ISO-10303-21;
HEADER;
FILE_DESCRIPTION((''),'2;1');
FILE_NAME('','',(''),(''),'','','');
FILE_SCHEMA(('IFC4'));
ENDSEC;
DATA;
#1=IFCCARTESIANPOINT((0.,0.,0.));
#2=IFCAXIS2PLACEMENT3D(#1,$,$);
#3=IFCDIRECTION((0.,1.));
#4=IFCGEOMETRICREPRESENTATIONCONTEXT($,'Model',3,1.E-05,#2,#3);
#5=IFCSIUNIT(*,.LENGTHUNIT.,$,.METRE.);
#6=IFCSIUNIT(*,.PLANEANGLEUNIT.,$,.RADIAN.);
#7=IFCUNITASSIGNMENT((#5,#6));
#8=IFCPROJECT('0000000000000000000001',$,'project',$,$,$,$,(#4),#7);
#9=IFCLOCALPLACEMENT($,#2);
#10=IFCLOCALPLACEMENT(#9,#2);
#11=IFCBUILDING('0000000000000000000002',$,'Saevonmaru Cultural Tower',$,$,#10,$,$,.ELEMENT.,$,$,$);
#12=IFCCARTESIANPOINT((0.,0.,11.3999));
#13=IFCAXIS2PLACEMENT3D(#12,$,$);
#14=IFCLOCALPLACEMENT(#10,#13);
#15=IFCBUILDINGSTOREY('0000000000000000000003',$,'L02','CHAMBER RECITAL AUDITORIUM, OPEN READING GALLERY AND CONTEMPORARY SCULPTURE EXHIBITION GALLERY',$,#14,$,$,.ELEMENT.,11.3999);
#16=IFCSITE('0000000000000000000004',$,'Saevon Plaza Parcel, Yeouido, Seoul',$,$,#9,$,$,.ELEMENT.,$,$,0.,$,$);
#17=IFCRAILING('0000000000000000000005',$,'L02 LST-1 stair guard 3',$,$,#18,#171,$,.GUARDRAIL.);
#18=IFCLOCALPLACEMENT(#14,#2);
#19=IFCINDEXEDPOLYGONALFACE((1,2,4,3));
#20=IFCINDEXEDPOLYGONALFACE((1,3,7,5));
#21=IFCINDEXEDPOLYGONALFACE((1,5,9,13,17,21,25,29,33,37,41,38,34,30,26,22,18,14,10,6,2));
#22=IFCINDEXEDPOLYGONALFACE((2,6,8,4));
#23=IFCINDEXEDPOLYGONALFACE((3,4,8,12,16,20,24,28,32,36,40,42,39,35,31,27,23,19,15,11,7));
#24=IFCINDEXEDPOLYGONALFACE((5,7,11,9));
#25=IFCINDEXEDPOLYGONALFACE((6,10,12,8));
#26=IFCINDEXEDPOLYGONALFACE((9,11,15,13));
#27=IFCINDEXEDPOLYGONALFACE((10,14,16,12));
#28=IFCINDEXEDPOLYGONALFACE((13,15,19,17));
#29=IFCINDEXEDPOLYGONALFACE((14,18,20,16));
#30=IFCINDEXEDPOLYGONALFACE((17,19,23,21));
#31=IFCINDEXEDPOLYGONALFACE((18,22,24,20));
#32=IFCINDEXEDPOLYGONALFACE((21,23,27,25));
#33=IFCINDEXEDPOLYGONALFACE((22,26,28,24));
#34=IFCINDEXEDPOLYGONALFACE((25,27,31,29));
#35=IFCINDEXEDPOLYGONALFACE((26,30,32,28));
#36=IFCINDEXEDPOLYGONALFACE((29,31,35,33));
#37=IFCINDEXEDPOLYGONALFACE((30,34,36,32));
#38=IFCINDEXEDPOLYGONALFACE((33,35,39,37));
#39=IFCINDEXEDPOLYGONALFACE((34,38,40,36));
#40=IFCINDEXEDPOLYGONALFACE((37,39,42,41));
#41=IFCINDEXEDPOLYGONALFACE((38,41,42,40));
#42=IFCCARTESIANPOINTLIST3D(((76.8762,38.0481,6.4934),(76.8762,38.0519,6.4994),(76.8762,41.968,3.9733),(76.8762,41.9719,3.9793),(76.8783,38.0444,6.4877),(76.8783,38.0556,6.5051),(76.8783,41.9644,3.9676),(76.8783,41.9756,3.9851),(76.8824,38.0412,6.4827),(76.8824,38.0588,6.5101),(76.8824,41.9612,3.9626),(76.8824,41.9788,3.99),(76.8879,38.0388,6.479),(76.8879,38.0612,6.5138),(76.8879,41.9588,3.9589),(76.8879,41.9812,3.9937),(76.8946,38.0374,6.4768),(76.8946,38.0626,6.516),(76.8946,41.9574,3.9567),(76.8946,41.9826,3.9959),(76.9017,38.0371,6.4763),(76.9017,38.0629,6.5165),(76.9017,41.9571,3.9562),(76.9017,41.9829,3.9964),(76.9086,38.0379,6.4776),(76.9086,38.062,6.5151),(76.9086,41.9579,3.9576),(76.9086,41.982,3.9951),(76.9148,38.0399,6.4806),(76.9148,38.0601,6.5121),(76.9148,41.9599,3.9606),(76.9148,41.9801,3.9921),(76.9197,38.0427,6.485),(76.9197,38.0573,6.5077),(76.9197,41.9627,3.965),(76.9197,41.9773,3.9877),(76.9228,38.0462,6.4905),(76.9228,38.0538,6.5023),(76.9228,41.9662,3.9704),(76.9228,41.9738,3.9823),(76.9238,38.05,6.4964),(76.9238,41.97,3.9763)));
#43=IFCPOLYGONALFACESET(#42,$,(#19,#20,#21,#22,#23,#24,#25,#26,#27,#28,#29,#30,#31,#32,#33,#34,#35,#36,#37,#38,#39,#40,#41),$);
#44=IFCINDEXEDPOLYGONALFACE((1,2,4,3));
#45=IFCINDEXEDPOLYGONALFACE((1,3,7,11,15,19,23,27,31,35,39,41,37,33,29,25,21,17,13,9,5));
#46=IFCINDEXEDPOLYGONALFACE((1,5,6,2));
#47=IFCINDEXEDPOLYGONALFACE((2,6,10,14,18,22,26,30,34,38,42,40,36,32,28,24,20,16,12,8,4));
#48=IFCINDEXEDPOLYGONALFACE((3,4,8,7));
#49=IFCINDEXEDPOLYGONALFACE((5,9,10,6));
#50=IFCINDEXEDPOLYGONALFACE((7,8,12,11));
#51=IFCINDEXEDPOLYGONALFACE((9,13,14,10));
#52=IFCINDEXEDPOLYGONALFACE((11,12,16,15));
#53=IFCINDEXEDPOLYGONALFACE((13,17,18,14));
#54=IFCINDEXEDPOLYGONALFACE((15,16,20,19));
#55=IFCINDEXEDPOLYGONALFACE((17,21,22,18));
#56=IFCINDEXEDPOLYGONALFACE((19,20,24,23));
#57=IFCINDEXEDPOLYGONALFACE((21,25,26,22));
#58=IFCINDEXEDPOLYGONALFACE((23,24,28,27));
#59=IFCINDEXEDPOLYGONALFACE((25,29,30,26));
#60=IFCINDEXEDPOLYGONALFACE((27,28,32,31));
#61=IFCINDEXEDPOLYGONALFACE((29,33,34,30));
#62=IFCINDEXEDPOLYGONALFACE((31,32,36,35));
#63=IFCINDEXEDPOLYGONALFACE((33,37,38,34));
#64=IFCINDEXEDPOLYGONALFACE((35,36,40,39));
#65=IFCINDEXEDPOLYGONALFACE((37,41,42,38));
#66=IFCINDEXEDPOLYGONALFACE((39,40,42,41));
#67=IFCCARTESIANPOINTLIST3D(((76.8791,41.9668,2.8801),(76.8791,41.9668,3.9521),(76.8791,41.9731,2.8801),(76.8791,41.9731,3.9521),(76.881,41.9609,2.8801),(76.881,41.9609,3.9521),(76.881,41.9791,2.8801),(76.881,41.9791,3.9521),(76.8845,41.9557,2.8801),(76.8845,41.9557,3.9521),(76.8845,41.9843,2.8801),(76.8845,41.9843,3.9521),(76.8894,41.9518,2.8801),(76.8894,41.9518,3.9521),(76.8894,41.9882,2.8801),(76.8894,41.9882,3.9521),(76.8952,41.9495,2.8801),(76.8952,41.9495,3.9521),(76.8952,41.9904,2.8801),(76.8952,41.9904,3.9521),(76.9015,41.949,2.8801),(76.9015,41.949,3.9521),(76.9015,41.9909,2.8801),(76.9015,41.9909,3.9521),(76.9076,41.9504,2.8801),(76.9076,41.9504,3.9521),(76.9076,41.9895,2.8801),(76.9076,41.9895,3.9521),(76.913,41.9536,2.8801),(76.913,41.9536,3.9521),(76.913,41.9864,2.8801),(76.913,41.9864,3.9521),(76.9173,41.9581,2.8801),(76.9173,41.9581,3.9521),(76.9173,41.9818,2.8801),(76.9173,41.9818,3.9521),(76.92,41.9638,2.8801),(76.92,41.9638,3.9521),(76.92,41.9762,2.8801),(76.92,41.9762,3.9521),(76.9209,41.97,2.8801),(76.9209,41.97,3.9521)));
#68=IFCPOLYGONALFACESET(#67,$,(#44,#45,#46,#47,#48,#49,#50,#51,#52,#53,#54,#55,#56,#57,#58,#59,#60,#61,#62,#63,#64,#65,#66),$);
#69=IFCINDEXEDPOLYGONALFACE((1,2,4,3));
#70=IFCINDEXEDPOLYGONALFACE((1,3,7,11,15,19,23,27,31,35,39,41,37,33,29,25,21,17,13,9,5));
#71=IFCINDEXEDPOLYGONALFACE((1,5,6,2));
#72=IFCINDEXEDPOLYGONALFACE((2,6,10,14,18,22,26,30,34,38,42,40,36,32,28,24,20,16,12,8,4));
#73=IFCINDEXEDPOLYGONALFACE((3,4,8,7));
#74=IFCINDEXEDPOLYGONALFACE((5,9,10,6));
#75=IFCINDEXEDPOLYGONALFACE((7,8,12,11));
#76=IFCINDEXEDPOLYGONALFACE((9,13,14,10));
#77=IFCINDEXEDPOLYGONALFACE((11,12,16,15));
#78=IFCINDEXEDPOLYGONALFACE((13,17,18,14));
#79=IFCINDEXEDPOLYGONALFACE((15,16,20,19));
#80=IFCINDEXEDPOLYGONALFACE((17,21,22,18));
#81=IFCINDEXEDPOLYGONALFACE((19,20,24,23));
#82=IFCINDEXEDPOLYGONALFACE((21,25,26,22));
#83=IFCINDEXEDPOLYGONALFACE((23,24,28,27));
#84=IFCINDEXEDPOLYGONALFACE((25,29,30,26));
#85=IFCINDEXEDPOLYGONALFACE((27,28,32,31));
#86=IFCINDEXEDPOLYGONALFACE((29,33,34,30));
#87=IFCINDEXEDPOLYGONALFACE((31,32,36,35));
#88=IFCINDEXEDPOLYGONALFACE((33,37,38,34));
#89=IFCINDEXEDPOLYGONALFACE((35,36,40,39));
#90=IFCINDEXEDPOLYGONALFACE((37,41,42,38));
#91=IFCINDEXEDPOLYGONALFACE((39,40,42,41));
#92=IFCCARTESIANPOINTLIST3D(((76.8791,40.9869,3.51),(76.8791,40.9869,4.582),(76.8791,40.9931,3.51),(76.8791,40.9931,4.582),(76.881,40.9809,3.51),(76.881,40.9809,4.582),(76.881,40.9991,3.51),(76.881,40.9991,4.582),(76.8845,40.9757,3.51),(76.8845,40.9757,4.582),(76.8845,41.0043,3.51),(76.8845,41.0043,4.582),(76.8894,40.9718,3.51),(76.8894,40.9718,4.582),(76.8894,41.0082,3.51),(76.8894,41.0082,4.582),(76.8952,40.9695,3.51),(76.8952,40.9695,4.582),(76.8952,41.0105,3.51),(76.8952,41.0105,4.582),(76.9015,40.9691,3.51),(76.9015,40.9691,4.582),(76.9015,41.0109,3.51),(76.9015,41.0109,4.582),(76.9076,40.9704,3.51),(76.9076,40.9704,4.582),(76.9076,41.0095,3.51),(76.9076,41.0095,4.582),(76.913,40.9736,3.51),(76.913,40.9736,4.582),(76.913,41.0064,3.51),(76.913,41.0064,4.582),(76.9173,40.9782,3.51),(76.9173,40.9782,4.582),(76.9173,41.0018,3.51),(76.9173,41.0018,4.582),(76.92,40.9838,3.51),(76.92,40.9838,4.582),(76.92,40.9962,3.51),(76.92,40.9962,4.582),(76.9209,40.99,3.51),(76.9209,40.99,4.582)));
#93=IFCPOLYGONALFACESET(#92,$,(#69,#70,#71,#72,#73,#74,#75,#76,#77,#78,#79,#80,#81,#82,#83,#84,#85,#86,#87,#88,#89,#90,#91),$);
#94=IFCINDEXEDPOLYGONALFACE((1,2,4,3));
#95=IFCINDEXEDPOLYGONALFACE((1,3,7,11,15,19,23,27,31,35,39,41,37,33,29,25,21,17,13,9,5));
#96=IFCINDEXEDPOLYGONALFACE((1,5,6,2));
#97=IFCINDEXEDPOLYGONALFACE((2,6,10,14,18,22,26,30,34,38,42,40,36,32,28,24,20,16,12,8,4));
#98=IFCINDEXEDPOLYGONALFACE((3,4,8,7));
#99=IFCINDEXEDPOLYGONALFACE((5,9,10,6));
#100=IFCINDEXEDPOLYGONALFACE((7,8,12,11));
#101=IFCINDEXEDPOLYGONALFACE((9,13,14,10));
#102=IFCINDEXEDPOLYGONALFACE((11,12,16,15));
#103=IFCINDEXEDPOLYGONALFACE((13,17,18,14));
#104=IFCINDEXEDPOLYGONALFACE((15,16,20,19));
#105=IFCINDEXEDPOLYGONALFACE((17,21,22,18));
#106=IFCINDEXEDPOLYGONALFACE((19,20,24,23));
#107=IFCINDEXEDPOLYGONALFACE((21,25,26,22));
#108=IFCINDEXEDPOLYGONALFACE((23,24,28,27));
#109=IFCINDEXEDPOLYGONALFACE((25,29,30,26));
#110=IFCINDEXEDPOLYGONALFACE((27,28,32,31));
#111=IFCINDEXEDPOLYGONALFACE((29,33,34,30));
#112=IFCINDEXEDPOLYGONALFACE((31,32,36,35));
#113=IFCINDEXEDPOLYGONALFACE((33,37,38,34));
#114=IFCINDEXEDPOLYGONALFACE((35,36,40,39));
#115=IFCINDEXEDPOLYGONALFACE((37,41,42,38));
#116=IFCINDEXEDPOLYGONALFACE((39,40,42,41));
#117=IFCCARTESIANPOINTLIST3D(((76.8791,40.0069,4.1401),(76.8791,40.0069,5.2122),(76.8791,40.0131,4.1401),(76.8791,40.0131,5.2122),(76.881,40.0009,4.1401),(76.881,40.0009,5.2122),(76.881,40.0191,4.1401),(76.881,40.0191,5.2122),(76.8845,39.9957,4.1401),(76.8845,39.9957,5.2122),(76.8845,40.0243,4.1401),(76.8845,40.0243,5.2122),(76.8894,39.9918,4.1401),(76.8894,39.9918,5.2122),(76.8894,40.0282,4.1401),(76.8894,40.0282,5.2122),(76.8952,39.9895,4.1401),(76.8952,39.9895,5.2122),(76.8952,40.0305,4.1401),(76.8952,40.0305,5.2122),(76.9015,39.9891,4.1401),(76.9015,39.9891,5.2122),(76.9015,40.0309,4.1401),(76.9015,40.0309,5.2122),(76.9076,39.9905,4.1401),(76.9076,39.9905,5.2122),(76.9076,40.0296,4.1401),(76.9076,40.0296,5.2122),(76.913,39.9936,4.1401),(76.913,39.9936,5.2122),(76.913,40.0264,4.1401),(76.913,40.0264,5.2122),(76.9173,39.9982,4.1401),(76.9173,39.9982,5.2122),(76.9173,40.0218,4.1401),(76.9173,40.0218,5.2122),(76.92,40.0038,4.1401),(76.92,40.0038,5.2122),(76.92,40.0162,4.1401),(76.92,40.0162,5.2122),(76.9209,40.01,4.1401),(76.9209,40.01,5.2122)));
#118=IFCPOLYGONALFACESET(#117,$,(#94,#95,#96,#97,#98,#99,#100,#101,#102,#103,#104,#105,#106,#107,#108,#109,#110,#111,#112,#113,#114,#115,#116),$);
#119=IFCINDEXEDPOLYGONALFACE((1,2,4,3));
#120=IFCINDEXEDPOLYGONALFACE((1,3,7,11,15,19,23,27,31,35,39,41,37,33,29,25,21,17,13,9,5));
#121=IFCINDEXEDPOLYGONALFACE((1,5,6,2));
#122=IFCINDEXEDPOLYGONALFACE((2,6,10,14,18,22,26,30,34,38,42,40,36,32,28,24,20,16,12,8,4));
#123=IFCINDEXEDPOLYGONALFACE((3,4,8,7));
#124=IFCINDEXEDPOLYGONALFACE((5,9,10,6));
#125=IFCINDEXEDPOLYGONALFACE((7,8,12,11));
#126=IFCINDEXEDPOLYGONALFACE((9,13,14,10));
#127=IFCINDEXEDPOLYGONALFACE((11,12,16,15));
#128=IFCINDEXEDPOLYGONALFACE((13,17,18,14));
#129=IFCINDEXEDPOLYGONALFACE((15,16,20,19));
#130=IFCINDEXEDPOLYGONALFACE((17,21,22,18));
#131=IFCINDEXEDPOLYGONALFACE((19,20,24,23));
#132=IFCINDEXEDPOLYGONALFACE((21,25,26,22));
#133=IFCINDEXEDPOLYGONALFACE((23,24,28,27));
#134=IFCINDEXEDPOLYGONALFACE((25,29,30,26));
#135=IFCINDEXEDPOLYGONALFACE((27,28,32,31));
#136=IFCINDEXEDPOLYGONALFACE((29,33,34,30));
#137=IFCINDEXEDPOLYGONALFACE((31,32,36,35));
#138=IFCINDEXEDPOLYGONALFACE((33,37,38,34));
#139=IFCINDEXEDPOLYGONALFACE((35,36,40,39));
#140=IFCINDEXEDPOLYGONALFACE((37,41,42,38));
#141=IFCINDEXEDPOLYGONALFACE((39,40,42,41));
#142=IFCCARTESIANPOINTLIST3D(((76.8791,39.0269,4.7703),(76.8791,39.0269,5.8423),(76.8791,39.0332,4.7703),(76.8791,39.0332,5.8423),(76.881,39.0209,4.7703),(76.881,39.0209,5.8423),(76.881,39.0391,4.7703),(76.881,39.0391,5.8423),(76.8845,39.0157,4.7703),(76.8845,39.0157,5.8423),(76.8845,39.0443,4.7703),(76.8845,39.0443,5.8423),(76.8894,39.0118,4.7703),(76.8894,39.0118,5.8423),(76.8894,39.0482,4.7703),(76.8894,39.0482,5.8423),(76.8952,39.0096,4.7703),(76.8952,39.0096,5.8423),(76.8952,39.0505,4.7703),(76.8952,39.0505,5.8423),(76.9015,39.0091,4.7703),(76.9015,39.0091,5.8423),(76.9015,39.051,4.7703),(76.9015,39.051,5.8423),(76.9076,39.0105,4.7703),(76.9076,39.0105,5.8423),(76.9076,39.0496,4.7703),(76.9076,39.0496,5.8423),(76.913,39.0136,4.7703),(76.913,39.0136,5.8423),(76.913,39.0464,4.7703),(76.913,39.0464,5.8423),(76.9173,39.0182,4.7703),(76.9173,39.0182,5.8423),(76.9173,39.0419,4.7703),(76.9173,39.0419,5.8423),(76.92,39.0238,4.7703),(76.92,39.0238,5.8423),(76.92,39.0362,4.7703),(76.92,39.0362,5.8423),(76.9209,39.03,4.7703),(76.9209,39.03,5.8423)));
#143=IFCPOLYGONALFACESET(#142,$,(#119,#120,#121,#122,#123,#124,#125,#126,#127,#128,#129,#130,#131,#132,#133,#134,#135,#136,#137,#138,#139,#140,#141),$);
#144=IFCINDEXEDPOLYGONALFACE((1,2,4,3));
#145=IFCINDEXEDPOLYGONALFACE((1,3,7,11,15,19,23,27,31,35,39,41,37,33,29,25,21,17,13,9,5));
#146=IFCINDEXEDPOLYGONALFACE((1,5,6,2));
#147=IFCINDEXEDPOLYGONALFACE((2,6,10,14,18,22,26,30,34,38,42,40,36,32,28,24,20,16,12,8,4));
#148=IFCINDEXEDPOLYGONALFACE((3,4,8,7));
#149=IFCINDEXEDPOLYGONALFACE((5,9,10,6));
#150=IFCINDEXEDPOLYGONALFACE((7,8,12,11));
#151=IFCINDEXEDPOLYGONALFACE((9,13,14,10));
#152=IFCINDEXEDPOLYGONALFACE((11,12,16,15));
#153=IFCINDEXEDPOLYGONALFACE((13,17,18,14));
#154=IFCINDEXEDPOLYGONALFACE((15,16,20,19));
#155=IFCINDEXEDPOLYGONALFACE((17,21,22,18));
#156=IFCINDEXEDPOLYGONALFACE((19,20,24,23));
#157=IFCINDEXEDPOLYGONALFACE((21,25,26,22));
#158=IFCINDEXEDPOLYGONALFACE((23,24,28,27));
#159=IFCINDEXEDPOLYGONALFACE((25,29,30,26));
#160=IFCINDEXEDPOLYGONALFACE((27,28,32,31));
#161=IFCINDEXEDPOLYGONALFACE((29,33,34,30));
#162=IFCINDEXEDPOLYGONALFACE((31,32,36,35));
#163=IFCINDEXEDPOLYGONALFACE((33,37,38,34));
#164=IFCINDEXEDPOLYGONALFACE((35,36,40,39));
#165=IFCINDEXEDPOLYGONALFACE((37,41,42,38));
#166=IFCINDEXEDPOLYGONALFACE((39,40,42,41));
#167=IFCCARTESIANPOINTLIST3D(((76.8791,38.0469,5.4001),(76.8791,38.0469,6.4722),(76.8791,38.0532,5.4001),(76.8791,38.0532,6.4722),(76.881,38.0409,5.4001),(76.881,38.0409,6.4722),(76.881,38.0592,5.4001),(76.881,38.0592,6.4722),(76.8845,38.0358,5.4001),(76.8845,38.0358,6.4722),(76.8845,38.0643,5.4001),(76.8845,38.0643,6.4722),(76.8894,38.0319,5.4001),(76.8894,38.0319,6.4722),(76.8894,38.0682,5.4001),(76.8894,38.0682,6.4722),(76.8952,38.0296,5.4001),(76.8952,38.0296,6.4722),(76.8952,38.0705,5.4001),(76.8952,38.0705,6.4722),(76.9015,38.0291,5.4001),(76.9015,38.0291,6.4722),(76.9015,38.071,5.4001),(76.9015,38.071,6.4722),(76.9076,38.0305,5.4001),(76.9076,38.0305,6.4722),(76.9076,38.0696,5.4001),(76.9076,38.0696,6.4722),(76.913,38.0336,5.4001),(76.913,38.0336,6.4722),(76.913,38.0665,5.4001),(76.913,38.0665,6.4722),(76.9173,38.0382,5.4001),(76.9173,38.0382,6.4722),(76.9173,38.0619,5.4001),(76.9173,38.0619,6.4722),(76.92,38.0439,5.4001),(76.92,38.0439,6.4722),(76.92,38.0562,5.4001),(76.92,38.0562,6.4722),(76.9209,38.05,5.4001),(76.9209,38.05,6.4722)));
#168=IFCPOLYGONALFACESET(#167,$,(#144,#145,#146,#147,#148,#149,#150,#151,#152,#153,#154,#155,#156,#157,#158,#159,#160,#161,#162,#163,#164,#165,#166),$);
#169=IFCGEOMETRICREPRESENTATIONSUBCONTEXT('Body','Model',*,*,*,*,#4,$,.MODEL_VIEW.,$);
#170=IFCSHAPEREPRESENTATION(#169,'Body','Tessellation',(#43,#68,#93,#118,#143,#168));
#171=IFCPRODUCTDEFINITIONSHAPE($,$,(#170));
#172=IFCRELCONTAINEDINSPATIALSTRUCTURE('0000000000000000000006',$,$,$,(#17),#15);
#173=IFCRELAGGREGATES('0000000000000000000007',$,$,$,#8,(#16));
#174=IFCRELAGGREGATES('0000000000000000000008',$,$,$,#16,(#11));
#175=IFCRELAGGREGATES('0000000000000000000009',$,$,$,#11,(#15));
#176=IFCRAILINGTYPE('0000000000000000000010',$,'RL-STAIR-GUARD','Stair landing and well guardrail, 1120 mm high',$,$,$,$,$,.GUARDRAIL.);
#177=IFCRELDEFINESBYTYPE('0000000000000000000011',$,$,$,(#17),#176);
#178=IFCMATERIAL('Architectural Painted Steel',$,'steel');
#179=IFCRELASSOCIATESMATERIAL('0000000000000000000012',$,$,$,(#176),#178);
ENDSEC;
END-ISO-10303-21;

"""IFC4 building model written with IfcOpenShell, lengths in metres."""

from ifc_helpers import new_model, si_unit, direction, frame, origin, origin_2d, place, context, subcontext, project, spatial, circle, extrude, material, type_object, element, save


model = new_model("IFC4")

# Units and contexts
model_context = context("Model", 3, precision=1e-05, world=origin(), true_north=direction((0.0, 1.0)))
body_context = subcontext(model_context, "Body", "Model", "MODEL_VIEW")
ifc_project = project(units=[si_unit("LENGTHUNIT", "METRE"), si_unit("PLANEANGLEUNIT", "RADIAN")], contexts=[model_context])

# Site, building, storey
site_placement = place(None, origin())
site = spatial("IfcSite", under=ifc_project, at=site_placement, Name="Saevon Plaza Parcel, Yeouido, Seoul", CompositionType="ELEMENT", RefElevation=0.0)
building_placement = place(site_placement, origin())
building = spatial("IfcBuilding", under=site, at=building_placement, Name="Saevonmaru Cultural Tower", CompositionType="ELEMENT")
storey_placement = place(building_placement, frame((0.0, 0.0, 11.3999)))
storey = spatial("IfcBuildingStorey", under=building, at=storey_placement, Name="L02", Description="CHAMBER RECITAL AUDITORIUM, OPEN READING GALLERY AND CONTEMPORARY SCULPTURE EXHIBITION GALLERY", CompositionType="ELEMENT", Elevation=11.3999)

# Railing
ifc_material_1 = material(Name="Architectural Painted Steel", Category="steel")
railing_type_1 = type_object("IfcRailingType", Name="RL-STAIR-GUARD", Description="Stair landing and well guardrail, 1120 mm high", PredefinedType="GUARDRAIL", material=ifc_material_1)
railing_1_placement = place(storey_placement, frame((76.8999, 41.97, 2.8801)))
element("IfcRailing", 1, at=railing_1_placement, inside=storey, type_object=railing_type_1, Name="L02 LST-1 stair guard 3", PredefinedType="GUARDRAIL", context=body_context, shape_type="SweptSolid", body=[
    extrude(circle(Radius=0.0239, at=origin_2d()), frame((0.0, 0.0, 1.0962), z_axis=(0.0, -0.841172, 0.540768), x_axis=(1.0, 0.0, 0.0)), (0.0, 0.0, 1.0), 4.6602),
    extrude(circle(Radius=0.021, at=origin_2d()), origin(), (0.0, 0.0, 1.0), 1.072),
    extrude(circle(Radius=0.021, at=origin_2d()), frame((0.0, -0.98, 0.6299)), (0.0, 0.0, 1.0), 1.072),
    extrude(circle(Radius=0.021, at=origin_2d()), frame((0.0, -1.96, 1.26)), (0.0, 0.0, 1.0), 1.072),
    extrude(circle(Radius=0.021, at=origin_2d()), frame((0.0, -2.9399, 1.8901)), (0.0, 0.0, 1.0), 1.072),
    extrude(circle(Radius=0.021, at=origin_2d()), frame((0.0, -3.9199, 2.52)), (0.0, 0.0, 1.0), 1.072),
])

save(model, "model.ifc")
